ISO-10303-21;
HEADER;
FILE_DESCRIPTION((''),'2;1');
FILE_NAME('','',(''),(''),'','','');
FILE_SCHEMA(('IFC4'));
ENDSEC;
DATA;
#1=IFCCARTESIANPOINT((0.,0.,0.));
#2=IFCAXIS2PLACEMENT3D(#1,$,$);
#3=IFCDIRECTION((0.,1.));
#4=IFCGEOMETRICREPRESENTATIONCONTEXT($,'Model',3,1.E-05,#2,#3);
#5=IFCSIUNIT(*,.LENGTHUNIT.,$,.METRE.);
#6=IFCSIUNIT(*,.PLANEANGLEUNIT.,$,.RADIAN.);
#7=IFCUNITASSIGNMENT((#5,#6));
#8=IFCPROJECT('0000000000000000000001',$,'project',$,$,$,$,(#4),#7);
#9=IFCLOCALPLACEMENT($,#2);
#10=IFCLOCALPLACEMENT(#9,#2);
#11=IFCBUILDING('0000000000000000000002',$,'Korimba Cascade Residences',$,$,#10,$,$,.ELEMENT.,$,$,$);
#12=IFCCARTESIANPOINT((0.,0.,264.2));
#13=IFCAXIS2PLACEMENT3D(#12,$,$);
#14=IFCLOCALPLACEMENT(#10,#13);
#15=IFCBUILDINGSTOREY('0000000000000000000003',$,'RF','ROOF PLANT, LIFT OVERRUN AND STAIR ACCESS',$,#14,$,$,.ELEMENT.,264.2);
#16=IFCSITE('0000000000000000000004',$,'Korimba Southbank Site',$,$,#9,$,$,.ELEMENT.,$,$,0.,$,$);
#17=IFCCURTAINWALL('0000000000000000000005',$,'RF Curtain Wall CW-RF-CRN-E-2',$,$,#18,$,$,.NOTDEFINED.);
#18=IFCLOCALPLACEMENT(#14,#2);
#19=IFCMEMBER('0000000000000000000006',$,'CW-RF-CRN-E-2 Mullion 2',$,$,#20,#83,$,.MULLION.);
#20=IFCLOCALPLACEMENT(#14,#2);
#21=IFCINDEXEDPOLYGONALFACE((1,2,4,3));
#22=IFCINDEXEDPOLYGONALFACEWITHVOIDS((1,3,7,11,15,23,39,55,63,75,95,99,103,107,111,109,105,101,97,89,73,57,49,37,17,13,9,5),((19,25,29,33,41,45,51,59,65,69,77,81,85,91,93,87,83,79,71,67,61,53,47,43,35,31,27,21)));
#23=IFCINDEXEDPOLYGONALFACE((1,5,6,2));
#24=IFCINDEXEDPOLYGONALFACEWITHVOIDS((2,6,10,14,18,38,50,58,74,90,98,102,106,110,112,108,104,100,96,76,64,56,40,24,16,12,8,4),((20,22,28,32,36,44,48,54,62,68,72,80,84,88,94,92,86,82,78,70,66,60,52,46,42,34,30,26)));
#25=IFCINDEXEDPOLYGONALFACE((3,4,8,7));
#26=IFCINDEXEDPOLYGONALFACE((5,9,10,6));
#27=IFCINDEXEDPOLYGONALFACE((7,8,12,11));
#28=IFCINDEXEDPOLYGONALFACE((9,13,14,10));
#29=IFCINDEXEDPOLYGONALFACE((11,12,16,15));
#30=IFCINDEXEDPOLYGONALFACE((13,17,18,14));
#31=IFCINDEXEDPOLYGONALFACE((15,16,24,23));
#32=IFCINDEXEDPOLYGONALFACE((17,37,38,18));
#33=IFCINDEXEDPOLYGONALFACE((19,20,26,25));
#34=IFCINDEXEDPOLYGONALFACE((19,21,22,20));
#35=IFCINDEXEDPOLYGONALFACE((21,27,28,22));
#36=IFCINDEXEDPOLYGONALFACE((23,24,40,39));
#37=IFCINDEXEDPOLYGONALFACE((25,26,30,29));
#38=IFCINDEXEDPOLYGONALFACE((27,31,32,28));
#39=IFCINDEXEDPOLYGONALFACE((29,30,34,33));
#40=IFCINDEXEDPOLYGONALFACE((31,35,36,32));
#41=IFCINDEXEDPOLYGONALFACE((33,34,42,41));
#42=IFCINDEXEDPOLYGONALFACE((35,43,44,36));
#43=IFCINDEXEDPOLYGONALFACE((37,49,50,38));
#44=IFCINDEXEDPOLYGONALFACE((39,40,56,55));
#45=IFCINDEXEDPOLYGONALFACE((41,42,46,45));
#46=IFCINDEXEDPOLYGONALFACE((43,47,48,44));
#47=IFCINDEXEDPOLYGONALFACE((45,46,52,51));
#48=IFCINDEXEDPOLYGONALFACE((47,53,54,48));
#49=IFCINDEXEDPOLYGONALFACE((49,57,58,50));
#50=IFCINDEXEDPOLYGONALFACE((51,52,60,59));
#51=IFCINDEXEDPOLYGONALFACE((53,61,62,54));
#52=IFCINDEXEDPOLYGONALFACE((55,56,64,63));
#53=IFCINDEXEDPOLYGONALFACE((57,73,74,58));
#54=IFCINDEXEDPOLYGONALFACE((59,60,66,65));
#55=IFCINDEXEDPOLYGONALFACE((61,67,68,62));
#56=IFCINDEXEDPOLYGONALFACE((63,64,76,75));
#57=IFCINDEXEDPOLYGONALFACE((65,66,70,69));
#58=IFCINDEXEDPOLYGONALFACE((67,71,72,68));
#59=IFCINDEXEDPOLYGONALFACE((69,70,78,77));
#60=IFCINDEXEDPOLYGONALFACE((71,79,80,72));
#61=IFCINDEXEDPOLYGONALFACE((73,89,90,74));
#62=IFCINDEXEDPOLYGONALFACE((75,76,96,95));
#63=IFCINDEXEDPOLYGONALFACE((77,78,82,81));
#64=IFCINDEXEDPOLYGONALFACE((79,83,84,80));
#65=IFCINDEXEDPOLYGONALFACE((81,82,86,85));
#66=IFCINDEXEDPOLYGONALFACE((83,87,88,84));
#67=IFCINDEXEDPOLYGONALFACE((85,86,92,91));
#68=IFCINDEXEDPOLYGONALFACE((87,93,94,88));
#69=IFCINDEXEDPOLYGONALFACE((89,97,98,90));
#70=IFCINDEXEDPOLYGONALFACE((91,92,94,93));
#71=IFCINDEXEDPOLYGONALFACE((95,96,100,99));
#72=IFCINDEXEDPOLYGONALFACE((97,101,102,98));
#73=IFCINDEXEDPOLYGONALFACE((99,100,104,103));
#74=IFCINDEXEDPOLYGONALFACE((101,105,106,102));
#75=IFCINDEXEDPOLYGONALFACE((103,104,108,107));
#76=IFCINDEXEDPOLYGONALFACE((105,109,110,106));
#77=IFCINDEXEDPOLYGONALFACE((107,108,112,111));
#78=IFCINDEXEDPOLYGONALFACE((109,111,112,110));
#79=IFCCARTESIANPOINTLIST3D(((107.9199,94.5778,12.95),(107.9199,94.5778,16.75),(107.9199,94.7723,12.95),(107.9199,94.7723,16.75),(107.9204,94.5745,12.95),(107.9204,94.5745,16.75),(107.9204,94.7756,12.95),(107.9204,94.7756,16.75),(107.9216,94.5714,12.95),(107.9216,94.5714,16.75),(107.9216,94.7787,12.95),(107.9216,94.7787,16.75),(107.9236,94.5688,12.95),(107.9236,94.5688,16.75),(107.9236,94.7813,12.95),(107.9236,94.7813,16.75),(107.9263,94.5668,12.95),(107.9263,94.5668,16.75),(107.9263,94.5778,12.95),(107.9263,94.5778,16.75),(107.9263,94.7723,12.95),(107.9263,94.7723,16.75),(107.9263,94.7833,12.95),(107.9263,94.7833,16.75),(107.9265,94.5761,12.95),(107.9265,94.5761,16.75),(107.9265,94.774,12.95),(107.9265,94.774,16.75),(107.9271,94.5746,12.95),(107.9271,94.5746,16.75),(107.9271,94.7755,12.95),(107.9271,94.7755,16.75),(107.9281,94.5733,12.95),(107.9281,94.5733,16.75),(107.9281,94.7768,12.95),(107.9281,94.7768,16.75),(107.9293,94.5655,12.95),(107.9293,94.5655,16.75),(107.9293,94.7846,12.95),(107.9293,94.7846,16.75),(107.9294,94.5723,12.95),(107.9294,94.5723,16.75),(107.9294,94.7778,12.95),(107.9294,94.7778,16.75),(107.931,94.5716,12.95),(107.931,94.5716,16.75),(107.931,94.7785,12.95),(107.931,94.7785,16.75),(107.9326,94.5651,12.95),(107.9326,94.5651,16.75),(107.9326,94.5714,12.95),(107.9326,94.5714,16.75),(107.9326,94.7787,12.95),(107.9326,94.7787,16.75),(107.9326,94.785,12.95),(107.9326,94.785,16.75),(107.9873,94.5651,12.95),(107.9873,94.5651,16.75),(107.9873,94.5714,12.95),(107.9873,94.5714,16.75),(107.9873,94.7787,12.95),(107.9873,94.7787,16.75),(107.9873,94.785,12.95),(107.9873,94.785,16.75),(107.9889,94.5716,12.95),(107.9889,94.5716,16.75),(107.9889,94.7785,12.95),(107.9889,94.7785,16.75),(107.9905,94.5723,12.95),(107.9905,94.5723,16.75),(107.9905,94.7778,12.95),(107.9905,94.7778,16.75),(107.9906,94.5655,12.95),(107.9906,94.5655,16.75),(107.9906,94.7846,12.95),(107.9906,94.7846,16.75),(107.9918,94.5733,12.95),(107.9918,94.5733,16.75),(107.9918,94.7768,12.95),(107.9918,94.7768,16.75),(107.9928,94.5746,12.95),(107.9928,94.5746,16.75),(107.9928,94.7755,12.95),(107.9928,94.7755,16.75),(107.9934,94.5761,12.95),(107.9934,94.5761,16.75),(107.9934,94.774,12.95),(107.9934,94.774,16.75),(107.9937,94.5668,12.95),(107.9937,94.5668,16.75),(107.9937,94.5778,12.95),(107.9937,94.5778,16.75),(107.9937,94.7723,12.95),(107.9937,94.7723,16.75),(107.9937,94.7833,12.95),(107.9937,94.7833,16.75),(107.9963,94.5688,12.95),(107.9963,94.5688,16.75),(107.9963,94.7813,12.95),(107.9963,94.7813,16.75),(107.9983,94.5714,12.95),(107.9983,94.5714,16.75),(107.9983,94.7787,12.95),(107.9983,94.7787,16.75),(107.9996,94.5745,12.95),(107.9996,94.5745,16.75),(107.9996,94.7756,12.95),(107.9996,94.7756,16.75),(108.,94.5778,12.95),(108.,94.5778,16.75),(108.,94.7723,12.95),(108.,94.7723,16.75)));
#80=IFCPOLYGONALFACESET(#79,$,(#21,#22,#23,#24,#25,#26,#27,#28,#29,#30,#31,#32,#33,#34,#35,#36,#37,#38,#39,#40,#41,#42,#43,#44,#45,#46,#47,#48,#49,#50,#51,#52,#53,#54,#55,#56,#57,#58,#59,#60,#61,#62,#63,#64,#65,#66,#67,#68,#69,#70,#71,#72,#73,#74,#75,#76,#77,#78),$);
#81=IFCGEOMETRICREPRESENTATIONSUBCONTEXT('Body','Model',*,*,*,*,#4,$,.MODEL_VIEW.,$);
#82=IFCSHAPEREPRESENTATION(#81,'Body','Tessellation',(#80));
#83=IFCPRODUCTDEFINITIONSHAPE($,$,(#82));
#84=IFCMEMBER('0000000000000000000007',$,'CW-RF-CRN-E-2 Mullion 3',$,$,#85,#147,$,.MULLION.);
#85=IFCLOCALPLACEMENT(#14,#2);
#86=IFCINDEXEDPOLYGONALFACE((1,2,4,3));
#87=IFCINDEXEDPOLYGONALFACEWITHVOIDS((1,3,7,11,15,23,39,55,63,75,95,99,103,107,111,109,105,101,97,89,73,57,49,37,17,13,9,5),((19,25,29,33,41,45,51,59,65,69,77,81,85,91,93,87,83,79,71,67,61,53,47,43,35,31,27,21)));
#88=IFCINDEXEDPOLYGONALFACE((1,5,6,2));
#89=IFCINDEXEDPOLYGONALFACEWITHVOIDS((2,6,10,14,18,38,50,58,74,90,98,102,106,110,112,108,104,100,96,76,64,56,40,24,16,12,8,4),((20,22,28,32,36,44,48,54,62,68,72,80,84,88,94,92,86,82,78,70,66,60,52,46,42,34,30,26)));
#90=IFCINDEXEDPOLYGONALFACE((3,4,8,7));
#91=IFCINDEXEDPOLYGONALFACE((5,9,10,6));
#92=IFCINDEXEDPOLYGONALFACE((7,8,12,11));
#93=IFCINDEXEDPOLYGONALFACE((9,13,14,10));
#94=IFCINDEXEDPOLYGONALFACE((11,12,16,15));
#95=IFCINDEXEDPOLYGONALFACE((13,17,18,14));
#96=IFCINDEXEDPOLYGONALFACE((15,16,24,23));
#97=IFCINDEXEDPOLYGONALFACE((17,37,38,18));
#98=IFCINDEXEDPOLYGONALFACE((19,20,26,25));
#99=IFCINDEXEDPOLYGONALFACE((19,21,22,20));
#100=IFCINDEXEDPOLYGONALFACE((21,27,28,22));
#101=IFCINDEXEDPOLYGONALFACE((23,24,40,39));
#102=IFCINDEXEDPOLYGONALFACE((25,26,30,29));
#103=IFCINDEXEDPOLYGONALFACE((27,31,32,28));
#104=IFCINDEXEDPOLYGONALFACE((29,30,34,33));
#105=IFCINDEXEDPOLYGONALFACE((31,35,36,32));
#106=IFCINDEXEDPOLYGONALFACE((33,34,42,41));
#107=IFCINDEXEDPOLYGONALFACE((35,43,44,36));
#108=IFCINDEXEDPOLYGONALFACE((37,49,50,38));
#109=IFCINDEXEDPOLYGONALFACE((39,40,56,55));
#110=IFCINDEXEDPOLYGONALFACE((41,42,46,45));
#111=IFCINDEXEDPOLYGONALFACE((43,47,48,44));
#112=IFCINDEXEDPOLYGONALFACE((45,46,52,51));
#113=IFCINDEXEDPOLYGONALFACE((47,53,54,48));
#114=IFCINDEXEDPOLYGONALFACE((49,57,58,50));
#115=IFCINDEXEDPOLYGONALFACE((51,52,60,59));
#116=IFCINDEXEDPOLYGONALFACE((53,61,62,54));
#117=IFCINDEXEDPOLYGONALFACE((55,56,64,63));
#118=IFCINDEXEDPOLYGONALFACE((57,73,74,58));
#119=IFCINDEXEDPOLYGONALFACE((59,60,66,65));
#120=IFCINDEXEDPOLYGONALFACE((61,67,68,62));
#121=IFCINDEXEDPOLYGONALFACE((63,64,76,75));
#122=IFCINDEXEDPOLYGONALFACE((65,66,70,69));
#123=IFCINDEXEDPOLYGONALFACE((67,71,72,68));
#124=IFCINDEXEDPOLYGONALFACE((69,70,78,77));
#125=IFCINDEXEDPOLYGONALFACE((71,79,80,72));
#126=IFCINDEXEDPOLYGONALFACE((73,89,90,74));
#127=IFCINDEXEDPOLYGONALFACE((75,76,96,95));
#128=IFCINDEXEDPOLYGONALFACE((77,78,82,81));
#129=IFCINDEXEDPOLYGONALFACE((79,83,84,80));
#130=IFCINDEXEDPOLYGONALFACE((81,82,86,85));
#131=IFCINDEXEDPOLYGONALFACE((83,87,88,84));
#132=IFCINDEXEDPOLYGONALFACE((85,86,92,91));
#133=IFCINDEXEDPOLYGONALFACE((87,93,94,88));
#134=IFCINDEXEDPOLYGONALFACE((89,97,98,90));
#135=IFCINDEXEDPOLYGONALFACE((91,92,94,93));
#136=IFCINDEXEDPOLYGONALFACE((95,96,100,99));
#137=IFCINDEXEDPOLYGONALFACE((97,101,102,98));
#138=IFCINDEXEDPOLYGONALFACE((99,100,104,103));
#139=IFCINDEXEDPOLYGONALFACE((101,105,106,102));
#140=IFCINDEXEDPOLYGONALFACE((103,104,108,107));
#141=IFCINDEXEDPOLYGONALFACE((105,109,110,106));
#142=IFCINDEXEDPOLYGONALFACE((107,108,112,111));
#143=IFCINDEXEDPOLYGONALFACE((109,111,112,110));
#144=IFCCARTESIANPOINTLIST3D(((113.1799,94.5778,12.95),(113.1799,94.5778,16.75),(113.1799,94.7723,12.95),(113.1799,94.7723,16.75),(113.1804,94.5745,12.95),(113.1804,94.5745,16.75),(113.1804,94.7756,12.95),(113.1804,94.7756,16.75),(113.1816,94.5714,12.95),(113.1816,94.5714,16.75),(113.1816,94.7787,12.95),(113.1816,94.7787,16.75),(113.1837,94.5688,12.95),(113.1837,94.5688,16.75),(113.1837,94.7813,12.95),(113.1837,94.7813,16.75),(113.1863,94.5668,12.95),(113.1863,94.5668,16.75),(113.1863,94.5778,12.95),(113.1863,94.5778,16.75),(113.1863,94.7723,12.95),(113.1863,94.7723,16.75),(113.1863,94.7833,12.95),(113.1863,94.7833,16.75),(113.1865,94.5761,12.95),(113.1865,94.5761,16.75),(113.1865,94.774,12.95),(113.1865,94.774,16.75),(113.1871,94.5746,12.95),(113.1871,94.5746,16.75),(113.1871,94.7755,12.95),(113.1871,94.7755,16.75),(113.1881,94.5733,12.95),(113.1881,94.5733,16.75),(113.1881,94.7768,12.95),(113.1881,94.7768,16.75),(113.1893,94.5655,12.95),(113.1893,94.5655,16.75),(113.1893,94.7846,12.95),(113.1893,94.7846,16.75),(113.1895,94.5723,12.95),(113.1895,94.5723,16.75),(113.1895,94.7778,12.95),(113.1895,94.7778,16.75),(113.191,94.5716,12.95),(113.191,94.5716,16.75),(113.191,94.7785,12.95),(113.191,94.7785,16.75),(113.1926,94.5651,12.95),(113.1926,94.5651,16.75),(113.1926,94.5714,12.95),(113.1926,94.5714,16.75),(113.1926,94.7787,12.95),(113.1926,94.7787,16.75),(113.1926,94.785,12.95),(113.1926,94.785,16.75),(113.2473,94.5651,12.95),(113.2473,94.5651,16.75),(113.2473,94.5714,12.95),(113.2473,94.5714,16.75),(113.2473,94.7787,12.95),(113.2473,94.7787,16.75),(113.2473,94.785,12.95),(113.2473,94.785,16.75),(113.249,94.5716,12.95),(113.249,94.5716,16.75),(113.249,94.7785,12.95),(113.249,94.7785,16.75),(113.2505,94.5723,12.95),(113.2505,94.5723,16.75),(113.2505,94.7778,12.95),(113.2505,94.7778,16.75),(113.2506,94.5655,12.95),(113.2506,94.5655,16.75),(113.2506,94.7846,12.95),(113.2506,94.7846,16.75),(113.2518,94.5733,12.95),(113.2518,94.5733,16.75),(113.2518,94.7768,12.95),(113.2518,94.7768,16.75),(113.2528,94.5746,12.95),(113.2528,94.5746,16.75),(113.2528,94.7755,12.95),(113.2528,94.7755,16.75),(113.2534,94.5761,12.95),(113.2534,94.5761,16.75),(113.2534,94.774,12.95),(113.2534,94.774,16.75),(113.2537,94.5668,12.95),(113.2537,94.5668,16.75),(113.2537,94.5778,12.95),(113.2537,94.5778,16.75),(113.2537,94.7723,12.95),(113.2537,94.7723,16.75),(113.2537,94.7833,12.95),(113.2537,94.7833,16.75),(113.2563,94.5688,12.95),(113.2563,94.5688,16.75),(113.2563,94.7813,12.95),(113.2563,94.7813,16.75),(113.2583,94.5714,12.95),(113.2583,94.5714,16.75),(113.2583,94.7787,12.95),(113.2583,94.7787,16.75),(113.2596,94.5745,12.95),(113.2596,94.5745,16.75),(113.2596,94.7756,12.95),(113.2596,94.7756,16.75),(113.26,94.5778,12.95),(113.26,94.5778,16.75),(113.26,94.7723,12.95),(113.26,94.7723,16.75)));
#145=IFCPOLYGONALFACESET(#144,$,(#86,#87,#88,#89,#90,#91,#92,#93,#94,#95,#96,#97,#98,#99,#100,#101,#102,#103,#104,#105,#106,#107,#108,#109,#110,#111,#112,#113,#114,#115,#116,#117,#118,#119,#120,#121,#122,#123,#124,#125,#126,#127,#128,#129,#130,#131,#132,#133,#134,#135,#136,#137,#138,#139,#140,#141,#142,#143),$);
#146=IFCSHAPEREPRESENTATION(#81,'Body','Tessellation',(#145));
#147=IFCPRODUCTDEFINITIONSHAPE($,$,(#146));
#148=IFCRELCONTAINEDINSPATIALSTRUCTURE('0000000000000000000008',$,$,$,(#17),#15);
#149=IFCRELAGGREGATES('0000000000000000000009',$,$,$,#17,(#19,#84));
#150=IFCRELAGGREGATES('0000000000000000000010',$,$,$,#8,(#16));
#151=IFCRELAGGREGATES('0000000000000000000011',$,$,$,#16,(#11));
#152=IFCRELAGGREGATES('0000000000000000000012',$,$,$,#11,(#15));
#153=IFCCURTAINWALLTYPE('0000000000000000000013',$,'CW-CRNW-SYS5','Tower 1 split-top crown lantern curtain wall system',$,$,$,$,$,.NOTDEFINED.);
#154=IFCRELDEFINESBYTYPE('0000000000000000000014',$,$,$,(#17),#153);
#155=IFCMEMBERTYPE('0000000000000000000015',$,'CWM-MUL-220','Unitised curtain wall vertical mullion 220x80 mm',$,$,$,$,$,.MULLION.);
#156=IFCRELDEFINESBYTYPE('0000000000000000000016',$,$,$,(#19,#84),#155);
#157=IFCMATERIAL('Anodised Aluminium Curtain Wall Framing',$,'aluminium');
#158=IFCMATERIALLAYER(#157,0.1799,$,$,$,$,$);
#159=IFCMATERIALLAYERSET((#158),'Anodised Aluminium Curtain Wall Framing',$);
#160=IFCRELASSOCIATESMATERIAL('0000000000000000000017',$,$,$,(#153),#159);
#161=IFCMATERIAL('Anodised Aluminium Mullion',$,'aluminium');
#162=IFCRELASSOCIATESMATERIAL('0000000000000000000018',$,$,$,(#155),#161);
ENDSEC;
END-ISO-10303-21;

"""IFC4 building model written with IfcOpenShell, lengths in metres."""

from ifc_helpers import new_model, si_unit, direction, frame, origin, origin_2d, place, context, subcontext, project, spatial, hollow_rectangle, extrude, material, layer, layer_set, material_profile, profile_set, type_object, element, aggregate, save


model = new_model("IFC4")

# Units and contexts
model_context = context("Model", 3, precision=1e-05, world=origin(), true_north=direction((0.0, 1.0)))
body_context = subcontext(model_context, "Body", "Model", "MODEL_VIEW")
ifc_project = project(units=[si_unit("LENGTHUNIT", "METRE"), si_unit("PLANEANGLEUNIT", "RADIAN")], contexts=[model_context])

# Site, building, storey
site_placement = place(None, origin())
site = spatial("IfcSite", under=ifc_project, at=site_placement, Name="Korimba Southbank Site", CompositionType="ELEMENT", RefElevation=0.0)
building_placement = place(site_placement, origin())
building = spatial("IfcBuilding", under=site, at=building_placement, Name="Korimba Cascade Residences", CompositionType="ELEMENT")
storey_placement = place(building_placement, frame((0.0, 0.0, 264.2)))
storey = spatial("IfcBuildingStorey", under=building, at=storey_placement, Name="RF", Description="ROOF PLANT, LIFT OVERRUN AND STAIR ACCESS", CompositionType="ELEMENT", Elevation=264.2)

# Curtain wall, members
ifc_material_1 = material(Name="Anodised Aluminium Curtain Wall Framing", Category="aluminium")
ifc_layer_1 = layer(ifc_material_1, 0.1799)
ifc_layer_set_1 = layer_set([ifc_layer_1], Name="Anodised Aluminium Curtain Wall Framing")
curtain_wall_type = type_object("IfcCurtainWallType", Name="CW-CRNW-SYS5", Description="Tower 1 split-top crown lantern curtain wall system", PredefinedType="NOTDEFINED", material=ifc_layer_set_1)
curtain_wall_placement = place(storey_placement, origin())
curtain_wall = element("IfcCurtainWall", 1, at=curtain_wall_placement, inside=storey, type_object=curtain_wall_type, Name="RF Curtain Wall CW-RF-CRN-E-2", PredefinedType="NOTDEFINED")
ifc_material_2 = material(Name="Anodised Aluminium Mullion", Category="aluminium")
ifc_material_profile_1 = material_profile(ifc_material_2, hollow_rectangle(XDim=0.0801, YDim=0.22, WallThickness=0.0063, InnerFilletRadius=0.0063, OuterFilletRadius=0.0127, at=origin_2d()), Name="Anodised Aluminium Mullion")
ifc_profile_set_1 = profile_set([ifc_material_profile_1], Name="Anodised Aluminium Mullion")
member_type_1 = type_object("IfcMemberType", Name="CWM-MUL-220", Description="Unitised curtain wall vertical mullion 220x80 mm", PredefinedType="MULLION", material=ifc_profile_set_1)
member_1_placement = place(storey_placement, frame((107.96, 94.675, 12.95), z_axis=(0.0, 0.0, 1.0), x_axis=(1.0, 0.0, 0.0)))
member_1 = element("IfcMember", 2, at=member_1_placement, type_object=member_type_1, Name="CW-RF-CRN-E-2 Mullion 2", PredefinedType="MULLION", context=body_context, shape_type="SweptSolid", body=[
    extrude(hollow_rectangle(XDim=0.0801, YDim=0.22, WallThickness=0.0063, InnerFilletRadius=0.0063, OuterFilletRadius=0.0127, at=origin_2d()), origin(), (0.0, 0.0, 1.0), 3.8),
])
member_2_placement = place(storey_placement, frame((113.22, 94.675, 12.95), z_axis=(0.0, 0.0, 1.0), x_axis=(1.0, 0.0, 0.0)))
member_2 = element("IfcMember", 3, at=member_2_placement, type_object=member_type_1, Name="CW-RF-CRN-E-2 Mullion 3", PredefinedType="MULLION", context=body_context, shape_type="SweptSolid", body=[
    extrude(hollow_rectangle(XDim=0.0801, YDim=0.22, WallThickness=0.0063, InnerFilletRadius=0.0063, OuterFilletRadius=0.0127, at=origin_2d()), origin(), (0.0, 0.0, 1.0), 3.8),
])

aggregate(curtain_wall, [member_1, member_2])

save(model, "model.ifc")
